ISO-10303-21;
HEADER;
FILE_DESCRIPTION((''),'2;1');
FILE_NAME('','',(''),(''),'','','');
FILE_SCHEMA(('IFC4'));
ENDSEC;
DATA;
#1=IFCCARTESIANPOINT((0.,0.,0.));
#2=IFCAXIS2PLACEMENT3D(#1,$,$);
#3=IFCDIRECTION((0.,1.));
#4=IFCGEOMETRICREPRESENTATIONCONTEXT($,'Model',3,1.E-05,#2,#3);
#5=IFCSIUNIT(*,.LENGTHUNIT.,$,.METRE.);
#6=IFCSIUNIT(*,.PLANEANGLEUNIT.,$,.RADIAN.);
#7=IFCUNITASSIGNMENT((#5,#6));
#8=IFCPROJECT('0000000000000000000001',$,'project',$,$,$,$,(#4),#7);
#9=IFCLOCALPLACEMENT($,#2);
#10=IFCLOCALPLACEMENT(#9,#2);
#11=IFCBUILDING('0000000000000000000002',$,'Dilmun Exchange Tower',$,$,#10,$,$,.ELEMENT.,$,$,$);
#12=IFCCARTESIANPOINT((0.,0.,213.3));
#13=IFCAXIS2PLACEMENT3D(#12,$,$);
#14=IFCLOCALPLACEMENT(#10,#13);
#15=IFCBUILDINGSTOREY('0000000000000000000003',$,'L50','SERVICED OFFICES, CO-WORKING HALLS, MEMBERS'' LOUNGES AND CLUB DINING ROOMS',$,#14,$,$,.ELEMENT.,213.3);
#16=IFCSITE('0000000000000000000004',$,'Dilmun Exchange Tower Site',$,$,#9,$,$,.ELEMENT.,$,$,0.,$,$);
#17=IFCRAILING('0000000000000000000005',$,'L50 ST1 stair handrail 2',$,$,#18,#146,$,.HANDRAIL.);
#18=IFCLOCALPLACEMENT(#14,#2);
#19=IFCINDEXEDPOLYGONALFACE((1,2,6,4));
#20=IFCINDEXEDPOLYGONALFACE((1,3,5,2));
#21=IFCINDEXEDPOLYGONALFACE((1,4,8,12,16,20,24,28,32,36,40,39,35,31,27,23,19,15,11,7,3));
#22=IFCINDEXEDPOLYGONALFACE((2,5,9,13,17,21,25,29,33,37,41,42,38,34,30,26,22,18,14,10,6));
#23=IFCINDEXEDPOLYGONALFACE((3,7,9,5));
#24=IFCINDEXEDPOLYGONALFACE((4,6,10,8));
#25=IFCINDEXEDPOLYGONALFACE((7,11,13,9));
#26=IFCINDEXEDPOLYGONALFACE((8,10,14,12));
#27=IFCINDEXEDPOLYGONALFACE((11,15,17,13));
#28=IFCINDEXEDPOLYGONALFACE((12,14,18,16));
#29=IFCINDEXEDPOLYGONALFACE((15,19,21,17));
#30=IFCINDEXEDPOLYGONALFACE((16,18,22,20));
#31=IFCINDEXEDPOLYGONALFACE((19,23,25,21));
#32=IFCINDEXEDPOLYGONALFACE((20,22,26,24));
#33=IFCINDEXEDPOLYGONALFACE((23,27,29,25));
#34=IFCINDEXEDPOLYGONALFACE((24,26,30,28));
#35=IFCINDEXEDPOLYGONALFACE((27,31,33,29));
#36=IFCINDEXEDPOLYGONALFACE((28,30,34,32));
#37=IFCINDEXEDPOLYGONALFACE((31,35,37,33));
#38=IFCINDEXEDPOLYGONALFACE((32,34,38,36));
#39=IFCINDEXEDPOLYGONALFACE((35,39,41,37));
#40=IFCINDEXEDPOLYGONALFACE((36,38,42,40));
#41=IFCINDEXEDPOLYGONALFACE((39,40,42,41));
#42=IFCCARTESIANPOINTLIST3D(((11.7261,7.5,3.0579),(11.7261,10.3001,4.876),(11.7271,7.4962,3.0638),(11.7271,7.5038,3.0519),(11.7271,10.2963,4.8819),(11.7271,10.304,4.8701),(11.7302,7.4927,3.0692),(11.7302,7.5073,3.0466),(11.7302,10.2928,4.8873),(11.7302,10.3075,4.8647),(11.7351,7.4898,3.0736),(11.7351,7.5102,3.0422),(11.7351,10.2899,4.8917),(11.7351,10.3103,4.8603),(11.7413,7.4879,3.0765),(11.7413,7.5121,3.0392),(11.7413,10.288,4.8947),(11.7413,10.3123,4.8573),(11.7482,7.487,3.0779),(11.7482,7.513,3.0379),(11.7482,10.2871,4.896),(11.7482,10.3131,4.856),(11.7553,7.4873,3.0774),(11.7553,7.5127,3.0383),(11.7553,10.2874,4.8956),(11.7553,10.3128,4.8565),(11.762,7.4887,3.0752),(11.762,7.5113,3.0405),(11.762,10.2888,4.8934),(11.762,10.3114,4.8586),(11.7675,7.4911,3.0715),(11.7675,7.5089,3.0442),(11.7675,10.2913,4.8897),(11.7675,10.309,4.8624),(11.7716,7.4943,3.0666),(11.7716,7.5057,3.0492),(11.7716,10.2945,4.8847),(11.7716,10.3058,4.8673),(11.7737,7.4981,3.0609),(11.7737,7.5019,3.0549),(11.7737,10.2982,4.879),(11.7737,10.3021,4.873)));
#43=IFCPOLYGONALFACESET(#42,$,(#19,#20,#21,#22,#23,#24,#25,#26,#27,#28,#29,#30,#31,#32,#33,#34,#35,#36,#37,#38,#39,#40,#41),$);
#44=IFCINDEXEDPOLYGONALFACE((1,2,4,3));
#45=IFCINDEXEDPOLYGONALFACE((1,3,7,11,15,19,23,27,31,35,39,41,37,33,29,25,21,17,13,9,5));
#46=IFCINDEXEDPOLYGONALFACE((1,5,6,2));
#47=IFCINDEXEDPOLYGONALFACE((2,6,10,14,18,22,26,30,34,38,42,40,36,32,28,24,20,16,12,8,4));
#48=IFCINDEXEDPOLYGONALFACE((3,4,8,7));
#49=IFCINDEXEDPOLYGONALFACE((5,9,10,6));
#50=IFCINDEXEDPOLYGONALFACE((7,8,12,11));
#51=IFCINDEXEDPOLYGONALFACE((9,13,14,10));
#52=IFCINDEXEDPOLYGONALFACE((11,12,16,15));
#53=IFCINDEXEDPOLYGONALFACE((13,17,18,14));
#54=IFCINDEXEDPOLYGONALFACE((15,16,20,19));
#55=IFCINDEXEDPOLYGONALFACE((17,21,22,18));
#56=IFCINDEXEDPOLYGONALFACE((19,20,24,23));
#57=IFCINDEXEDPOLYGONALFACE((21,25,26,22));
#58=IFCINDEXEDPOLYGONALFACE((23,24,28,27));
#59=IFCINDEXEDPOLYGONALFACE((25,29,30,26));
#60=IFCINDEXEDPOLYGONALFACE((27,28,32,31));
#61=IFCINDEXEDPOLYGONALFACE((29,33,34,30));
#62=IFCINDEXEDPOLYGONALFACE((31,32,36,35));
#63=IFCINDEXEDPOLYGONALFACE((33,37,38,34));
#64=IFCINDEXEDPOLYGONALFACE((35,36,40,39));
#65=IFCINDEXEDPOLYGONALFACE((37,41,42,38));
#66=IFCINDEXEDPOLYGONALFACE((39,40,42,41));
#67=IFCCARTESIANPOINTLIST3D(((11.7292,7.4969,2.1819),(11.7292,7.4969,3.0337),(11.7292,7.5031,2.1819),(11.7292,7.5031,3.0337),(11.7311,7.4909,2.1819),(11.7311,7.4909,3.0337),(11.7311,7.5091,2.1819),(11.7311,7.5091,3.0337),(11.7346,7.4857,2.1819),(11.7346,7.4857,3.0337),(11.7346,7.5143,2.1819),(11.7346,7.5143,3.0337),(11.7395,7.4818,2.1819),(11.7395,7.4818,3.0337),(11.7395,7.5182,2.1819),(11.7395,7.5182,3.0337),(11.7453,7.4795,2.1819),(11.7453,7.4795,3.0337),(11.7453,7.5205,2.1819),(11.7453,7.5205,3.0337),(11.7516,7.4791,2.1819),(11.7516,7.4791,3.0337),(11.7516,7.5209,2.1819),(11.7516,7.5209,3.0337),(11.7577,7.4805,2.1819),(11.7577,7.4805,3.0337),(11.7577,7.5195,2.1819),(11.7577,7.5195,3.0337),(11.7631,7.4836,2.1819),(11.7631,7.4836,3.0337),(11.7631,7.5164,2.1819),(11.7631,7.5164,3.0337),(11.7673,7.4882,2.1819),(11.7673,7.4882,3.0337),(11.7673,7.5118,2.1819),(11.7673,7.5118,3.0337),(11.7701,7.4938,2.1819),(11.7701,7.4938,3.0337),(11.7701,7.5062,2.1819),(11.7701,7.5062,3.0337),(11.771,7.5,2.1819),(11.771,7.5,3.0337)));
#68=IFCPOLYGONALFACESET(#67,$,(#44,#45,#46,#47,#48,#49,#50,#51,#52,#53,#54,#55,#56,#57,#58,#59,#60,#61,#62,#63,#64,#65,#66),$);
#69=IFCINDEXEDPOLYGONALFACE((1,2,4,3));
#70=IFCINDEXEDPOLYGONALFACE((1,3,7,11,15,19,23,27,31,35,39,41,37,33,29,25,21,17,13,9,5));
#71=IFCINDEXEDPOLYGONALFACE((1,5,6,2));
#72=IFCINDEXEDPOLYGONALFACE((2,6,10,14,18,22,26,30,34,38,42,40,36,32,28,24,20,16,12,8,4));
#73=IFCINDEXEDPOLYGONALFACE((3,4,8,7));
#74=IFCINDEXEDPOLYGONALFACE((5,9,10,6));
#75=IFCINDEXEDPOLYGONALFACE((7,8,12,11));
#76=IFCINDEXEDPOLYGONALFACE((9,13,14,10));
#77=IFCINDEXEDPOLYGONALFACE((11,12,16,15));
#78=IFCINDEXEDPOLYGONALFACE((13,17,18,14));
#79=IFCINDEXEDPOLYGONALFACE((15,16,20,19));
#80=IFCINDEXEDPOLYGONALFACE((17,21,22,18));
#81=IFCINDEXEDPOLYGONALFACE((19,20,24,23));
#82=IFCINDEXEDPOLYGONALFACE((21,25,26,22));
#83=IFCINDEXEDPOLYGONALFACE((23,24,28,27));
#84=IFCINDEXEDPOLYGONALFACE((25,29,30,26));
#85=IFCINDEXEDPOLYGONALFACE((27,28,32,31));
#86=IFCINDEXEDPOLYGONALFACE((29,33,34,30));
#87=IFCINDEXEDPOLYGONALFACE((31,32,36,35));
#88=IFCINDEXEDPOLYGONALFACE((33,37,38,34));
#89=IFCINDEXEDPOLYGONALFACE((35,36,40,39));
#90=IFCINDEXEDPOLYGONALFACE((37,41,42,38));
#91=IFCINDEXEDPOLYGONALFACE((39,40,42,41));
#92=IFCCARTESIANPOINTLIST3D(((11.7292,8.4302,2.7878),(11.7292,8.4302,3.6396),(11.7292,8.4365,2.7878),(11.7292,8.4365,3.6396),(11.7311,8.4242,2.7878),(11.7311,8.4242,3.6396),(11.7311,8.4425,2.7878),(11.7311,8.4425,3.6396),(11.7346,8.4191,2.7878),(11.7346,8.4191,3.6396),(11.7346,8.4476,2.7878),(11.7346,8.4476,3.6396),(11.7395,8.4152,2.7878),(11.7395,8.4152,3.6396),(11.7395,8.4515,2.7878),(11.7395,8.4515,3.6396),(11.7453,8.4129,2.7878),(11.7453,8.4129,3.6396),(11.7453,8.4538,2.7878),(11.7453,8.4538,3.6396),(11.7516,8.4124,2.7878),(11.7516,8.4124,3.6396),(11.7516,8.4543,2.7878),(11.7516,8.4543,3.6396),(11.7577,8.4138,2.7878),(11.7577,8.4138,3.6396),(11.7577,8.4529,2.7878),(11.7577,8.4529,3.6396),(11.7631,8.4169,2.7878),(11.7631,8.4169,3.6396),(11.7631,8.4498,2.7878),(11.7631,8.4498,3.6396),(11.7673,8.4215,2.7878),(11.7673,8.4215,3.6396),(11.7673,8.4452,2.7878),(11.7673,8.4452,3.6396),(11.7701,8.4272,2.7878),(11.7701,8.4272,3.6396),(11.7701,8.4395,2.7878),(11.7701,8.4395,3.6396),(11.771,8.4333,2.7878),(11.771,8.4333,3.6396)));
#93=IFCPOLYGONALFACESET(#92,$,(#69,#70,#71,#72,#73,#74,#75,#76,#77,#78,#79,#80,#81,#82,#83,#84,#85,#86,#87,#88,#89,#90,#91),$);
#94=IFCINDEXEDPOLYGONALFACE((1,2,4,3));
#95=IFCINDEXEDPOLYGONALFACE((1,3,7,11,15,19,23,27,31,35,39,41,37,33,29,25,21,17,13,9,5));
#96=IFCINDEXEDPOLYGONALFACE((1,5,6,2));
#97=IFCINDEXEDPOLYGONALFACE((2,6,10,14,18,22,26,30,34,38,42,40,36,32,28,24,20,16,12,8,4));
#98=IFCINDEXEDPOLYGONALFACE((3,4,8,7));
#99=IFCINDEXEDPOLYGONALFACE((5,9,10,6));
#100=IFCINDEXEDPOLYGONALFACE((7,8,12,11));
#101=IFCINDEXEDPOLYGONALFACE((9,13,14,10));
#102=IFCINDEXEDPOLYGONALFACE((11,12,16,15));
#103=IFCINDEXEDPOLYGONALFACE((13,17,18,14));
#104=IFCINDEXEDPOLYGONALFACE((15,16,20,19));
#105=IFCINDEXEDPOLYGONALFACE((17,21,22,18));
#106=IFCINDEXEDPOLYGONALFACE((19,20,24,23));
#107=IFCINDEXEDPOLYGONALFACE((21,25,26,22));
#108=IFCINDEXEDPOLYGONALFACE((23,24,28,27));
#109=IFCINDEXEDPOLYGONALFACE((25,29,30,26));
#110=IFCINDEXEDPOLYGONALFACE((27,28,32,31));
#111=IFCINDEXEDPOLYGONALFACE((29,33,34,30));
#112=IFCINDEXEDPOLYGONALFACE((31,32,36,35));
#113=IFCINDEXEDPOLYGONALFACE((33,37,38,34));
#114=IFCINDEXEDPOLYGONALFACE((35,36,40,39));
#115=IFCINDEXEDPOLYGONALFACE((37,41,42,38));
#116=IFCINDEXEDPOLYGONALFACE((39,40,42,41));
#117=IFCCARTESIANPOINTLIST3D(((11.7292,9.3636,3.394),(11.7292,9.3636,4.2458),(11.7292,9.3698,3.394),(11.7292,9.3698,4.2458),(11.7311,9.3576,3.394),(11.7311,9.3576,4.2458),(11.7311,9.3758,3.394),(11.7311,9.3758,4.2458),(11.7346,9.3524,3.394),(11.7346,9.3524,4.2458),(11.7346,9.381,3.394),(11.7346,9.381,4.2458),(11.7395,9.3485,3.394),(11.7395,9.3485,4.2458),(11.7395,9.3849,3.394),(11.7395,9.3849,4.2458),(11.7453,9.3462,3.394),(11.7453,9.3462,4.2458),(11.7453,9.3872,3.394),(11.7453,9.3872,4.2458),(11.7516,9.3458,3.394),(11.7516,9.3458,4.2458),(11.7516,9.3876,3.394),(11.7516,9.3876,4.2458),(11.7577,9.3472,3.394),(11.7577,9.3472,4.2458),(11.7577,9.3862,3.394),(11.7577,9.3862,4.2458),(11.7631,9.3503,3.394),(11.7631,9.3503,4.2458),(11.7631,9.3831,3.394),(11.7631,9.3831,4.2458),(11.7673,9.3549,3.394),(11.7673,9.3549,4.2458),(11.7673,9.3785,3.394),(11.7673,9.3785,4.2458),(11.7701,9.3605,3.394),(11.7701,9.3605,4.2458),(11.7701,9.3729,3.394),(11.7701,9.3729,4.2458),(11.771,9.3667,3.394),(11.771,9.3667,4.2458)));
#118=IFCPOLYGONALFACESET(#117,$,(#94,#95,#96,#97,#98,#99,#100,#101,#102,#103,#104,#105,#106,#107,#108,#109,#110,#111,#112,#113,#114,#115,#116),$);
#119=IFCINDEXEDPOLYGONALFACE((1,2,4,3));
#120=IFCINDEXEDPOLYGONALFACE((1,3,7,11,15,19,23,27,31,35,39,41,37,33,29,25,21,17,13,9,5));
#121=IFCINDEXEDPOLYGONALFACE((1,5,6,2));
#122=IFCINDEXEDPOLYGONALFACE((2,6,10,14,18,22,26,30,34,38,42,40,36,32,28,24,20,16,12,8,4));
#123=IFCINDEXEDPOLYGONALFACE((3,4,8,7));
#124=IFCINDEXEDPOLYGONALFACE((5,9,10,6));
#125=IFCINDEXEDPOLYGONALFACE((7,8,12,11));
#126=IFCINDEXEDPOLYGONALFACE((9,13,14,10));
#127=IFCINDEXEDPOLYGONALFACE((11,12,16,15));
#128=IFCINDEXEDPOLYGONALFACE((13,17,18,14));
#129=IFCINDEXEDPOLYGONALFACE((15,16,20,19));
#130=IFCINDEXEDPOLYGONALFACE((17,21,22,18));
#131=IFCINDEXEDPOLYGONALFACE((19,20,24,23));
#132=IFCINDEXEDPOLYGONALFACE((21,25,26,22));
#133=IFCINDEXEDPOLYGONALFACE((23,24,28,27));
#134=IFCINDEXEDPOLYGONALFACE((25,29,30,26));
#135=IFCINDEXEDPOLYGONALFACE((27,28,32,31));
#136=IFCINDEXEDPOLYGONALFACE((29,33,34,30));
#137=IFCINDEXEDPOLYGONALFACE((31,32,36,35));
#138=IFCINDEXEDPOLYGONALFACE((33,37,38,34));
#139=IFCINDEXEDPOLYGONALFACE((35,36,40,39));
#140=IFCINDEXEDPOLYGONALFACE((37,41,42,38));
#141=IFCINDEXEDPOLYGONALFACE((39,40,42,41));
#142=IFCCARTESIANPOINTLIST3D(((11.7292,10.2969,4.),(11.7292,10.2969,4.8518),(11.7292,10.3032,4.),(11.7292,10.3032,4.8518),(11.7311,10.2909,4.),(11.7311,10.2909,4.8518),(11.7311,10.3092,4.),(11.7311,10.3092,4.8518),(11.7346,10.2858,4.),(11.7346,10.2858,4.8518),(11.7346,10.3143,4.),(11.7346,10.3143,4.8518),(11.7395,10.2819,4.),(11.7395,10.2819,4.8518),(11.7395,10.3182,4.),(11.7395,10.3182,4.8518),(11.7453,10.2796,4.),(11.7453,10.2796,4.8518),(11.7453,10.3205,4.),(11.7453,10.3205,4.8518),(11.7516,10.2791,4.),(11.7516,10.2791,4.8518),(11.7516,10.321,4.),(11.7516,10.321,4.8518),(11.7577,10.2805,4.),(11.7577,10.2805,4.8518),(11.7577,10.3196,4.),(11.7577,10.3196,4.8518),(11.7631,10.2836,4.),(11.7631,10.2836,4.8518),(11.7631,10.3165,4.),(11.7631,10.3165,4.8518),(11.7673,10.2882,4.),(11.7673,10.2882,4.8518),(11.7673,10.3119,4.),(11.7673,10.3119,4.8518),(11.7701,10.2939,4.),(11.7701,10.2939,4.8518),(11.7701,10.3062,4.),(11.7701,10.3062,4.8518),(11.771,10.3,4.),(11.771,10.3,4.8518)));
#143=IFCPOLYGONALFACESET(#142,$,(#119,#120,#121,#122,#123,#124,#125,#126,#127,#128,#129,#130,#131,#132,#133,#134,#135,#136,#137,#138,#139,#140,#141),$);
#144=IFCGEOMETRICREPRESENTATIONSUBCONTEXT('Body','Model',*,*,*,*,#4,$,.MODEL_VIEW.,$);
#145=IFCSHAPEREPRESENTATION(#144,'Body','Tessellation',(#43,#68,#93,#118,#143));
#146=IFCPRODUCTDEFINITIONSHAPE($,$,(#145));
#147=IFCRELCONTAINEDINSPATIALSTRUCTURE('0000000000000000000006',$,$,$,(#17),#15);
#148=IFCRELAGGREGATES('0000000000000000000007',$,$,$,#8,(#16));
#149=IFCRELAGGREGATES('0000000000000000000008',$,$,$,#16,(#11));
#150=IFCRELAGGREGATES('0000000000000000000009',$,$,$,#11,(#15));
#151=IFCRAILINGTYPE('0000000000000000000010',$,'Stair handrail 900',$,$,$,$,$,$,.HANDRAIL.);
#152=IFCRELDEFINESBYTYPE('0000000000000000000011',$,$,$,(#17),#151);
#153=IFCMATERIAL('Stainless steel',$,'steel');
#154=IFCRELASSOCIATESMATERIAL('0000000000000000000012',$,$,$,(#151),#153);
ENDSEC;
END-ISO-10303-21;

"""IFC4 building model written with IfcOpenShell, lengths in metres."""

from ifc_helpers import new_model, si_unit, direction, frame, origin, origin_2d, place, context, subcontext, project, spatial, circle, extrude, material, type_object, element, save


model = new_model("IFC4")

# Units and contexts
model_context = context("Model", 3, precision=1e-05, world=origin(), true_north=direction((0.0, 1.0)))
body_context = subcontext(model_context, "Body", "Model", "MODEL_VIEW")
ifc_project = project(units=[si_unit("LENGTHUNIT", "METRE"), si_unit("PLANEANGLEUNIT", "RADIAN")], contexts=[model_context])

# Site, building, storey
site_placement = place(None, origin())
site = spatial("IfcSite", under=ifc_project, at=site_placement, Name="Dilmun Exchange Tower Site", CompositionType="ELEMENT", RefElevation=0.0)
building_placement = place(site_placement, origin())
building = spatial("IfcBuilding", under=site, at=building_placement, Name="Dilmun Exchange Tower", CompositionType="ELEMENT")
storey_placement = place(building_placement, frame((0.0, 0.0, 213.3)))
storey = spatial("IfcBuildingStorey", under=building, at=storey_placement, Name="L50", Description="SERVICED OFFICES, CO-WORKING HALLS, MEMBERS' LOUNGES AND CLUB DINING ROOMS", CompositionType="ELEMENT", Elevation=213.3)

# Railing
ifc_material_1 = material(Name="Stainless steel", Category="steel")
railing_type = type_object("IfcRailingType", Name="Stair handrail 900", PredefinedType="HANDRAIL", material=ifc_material_1)
railing_1_placement = place(storey_placement, frame((11.75, 7.5, 2.1819)))
element("IfcRailing", 1, at=railing_1_placement, inside=storey, type_object=railing_type, Name="L50 ST1 stair handrail 2", PredefinedType="HANDRAIL", context=body_context, shape_type="SweptSolid", body=[
    extrude(circle(Radius=0.0239, at=origin_2d()), frame((0.0, 0.0, 0.876), z_axis=(0.0, 0.838706, 0.544585), x_axis=(-1.0, 0.0, 0.0)), (0.0, 0.0, 1.0), 3.3386),
    extrude(circle(Radius=0.021, at=origin_2d()), origin(), (0.0, 0.0, 1.0), 0.8518),
    extrude(circle(Radius=0.021, at=origin_2d()), frame((0.0, 0.9333, 0.606)), (0.0, 0.0, 1.0), 0.8518),
    extrude(circle(Radius=0.021, at=origin_2d()), frame((0.0, 1.8667, 1.2122)), (0.0, 0.0, 1.0), 0.8518),
    extrude(circle(Radius=0.021, at=origin_2d()), frame((0.0, 2.8, 1.8181)), (0.0, 0.0, 1.0), 0.8518),
])

save(model, "model.ifc")
